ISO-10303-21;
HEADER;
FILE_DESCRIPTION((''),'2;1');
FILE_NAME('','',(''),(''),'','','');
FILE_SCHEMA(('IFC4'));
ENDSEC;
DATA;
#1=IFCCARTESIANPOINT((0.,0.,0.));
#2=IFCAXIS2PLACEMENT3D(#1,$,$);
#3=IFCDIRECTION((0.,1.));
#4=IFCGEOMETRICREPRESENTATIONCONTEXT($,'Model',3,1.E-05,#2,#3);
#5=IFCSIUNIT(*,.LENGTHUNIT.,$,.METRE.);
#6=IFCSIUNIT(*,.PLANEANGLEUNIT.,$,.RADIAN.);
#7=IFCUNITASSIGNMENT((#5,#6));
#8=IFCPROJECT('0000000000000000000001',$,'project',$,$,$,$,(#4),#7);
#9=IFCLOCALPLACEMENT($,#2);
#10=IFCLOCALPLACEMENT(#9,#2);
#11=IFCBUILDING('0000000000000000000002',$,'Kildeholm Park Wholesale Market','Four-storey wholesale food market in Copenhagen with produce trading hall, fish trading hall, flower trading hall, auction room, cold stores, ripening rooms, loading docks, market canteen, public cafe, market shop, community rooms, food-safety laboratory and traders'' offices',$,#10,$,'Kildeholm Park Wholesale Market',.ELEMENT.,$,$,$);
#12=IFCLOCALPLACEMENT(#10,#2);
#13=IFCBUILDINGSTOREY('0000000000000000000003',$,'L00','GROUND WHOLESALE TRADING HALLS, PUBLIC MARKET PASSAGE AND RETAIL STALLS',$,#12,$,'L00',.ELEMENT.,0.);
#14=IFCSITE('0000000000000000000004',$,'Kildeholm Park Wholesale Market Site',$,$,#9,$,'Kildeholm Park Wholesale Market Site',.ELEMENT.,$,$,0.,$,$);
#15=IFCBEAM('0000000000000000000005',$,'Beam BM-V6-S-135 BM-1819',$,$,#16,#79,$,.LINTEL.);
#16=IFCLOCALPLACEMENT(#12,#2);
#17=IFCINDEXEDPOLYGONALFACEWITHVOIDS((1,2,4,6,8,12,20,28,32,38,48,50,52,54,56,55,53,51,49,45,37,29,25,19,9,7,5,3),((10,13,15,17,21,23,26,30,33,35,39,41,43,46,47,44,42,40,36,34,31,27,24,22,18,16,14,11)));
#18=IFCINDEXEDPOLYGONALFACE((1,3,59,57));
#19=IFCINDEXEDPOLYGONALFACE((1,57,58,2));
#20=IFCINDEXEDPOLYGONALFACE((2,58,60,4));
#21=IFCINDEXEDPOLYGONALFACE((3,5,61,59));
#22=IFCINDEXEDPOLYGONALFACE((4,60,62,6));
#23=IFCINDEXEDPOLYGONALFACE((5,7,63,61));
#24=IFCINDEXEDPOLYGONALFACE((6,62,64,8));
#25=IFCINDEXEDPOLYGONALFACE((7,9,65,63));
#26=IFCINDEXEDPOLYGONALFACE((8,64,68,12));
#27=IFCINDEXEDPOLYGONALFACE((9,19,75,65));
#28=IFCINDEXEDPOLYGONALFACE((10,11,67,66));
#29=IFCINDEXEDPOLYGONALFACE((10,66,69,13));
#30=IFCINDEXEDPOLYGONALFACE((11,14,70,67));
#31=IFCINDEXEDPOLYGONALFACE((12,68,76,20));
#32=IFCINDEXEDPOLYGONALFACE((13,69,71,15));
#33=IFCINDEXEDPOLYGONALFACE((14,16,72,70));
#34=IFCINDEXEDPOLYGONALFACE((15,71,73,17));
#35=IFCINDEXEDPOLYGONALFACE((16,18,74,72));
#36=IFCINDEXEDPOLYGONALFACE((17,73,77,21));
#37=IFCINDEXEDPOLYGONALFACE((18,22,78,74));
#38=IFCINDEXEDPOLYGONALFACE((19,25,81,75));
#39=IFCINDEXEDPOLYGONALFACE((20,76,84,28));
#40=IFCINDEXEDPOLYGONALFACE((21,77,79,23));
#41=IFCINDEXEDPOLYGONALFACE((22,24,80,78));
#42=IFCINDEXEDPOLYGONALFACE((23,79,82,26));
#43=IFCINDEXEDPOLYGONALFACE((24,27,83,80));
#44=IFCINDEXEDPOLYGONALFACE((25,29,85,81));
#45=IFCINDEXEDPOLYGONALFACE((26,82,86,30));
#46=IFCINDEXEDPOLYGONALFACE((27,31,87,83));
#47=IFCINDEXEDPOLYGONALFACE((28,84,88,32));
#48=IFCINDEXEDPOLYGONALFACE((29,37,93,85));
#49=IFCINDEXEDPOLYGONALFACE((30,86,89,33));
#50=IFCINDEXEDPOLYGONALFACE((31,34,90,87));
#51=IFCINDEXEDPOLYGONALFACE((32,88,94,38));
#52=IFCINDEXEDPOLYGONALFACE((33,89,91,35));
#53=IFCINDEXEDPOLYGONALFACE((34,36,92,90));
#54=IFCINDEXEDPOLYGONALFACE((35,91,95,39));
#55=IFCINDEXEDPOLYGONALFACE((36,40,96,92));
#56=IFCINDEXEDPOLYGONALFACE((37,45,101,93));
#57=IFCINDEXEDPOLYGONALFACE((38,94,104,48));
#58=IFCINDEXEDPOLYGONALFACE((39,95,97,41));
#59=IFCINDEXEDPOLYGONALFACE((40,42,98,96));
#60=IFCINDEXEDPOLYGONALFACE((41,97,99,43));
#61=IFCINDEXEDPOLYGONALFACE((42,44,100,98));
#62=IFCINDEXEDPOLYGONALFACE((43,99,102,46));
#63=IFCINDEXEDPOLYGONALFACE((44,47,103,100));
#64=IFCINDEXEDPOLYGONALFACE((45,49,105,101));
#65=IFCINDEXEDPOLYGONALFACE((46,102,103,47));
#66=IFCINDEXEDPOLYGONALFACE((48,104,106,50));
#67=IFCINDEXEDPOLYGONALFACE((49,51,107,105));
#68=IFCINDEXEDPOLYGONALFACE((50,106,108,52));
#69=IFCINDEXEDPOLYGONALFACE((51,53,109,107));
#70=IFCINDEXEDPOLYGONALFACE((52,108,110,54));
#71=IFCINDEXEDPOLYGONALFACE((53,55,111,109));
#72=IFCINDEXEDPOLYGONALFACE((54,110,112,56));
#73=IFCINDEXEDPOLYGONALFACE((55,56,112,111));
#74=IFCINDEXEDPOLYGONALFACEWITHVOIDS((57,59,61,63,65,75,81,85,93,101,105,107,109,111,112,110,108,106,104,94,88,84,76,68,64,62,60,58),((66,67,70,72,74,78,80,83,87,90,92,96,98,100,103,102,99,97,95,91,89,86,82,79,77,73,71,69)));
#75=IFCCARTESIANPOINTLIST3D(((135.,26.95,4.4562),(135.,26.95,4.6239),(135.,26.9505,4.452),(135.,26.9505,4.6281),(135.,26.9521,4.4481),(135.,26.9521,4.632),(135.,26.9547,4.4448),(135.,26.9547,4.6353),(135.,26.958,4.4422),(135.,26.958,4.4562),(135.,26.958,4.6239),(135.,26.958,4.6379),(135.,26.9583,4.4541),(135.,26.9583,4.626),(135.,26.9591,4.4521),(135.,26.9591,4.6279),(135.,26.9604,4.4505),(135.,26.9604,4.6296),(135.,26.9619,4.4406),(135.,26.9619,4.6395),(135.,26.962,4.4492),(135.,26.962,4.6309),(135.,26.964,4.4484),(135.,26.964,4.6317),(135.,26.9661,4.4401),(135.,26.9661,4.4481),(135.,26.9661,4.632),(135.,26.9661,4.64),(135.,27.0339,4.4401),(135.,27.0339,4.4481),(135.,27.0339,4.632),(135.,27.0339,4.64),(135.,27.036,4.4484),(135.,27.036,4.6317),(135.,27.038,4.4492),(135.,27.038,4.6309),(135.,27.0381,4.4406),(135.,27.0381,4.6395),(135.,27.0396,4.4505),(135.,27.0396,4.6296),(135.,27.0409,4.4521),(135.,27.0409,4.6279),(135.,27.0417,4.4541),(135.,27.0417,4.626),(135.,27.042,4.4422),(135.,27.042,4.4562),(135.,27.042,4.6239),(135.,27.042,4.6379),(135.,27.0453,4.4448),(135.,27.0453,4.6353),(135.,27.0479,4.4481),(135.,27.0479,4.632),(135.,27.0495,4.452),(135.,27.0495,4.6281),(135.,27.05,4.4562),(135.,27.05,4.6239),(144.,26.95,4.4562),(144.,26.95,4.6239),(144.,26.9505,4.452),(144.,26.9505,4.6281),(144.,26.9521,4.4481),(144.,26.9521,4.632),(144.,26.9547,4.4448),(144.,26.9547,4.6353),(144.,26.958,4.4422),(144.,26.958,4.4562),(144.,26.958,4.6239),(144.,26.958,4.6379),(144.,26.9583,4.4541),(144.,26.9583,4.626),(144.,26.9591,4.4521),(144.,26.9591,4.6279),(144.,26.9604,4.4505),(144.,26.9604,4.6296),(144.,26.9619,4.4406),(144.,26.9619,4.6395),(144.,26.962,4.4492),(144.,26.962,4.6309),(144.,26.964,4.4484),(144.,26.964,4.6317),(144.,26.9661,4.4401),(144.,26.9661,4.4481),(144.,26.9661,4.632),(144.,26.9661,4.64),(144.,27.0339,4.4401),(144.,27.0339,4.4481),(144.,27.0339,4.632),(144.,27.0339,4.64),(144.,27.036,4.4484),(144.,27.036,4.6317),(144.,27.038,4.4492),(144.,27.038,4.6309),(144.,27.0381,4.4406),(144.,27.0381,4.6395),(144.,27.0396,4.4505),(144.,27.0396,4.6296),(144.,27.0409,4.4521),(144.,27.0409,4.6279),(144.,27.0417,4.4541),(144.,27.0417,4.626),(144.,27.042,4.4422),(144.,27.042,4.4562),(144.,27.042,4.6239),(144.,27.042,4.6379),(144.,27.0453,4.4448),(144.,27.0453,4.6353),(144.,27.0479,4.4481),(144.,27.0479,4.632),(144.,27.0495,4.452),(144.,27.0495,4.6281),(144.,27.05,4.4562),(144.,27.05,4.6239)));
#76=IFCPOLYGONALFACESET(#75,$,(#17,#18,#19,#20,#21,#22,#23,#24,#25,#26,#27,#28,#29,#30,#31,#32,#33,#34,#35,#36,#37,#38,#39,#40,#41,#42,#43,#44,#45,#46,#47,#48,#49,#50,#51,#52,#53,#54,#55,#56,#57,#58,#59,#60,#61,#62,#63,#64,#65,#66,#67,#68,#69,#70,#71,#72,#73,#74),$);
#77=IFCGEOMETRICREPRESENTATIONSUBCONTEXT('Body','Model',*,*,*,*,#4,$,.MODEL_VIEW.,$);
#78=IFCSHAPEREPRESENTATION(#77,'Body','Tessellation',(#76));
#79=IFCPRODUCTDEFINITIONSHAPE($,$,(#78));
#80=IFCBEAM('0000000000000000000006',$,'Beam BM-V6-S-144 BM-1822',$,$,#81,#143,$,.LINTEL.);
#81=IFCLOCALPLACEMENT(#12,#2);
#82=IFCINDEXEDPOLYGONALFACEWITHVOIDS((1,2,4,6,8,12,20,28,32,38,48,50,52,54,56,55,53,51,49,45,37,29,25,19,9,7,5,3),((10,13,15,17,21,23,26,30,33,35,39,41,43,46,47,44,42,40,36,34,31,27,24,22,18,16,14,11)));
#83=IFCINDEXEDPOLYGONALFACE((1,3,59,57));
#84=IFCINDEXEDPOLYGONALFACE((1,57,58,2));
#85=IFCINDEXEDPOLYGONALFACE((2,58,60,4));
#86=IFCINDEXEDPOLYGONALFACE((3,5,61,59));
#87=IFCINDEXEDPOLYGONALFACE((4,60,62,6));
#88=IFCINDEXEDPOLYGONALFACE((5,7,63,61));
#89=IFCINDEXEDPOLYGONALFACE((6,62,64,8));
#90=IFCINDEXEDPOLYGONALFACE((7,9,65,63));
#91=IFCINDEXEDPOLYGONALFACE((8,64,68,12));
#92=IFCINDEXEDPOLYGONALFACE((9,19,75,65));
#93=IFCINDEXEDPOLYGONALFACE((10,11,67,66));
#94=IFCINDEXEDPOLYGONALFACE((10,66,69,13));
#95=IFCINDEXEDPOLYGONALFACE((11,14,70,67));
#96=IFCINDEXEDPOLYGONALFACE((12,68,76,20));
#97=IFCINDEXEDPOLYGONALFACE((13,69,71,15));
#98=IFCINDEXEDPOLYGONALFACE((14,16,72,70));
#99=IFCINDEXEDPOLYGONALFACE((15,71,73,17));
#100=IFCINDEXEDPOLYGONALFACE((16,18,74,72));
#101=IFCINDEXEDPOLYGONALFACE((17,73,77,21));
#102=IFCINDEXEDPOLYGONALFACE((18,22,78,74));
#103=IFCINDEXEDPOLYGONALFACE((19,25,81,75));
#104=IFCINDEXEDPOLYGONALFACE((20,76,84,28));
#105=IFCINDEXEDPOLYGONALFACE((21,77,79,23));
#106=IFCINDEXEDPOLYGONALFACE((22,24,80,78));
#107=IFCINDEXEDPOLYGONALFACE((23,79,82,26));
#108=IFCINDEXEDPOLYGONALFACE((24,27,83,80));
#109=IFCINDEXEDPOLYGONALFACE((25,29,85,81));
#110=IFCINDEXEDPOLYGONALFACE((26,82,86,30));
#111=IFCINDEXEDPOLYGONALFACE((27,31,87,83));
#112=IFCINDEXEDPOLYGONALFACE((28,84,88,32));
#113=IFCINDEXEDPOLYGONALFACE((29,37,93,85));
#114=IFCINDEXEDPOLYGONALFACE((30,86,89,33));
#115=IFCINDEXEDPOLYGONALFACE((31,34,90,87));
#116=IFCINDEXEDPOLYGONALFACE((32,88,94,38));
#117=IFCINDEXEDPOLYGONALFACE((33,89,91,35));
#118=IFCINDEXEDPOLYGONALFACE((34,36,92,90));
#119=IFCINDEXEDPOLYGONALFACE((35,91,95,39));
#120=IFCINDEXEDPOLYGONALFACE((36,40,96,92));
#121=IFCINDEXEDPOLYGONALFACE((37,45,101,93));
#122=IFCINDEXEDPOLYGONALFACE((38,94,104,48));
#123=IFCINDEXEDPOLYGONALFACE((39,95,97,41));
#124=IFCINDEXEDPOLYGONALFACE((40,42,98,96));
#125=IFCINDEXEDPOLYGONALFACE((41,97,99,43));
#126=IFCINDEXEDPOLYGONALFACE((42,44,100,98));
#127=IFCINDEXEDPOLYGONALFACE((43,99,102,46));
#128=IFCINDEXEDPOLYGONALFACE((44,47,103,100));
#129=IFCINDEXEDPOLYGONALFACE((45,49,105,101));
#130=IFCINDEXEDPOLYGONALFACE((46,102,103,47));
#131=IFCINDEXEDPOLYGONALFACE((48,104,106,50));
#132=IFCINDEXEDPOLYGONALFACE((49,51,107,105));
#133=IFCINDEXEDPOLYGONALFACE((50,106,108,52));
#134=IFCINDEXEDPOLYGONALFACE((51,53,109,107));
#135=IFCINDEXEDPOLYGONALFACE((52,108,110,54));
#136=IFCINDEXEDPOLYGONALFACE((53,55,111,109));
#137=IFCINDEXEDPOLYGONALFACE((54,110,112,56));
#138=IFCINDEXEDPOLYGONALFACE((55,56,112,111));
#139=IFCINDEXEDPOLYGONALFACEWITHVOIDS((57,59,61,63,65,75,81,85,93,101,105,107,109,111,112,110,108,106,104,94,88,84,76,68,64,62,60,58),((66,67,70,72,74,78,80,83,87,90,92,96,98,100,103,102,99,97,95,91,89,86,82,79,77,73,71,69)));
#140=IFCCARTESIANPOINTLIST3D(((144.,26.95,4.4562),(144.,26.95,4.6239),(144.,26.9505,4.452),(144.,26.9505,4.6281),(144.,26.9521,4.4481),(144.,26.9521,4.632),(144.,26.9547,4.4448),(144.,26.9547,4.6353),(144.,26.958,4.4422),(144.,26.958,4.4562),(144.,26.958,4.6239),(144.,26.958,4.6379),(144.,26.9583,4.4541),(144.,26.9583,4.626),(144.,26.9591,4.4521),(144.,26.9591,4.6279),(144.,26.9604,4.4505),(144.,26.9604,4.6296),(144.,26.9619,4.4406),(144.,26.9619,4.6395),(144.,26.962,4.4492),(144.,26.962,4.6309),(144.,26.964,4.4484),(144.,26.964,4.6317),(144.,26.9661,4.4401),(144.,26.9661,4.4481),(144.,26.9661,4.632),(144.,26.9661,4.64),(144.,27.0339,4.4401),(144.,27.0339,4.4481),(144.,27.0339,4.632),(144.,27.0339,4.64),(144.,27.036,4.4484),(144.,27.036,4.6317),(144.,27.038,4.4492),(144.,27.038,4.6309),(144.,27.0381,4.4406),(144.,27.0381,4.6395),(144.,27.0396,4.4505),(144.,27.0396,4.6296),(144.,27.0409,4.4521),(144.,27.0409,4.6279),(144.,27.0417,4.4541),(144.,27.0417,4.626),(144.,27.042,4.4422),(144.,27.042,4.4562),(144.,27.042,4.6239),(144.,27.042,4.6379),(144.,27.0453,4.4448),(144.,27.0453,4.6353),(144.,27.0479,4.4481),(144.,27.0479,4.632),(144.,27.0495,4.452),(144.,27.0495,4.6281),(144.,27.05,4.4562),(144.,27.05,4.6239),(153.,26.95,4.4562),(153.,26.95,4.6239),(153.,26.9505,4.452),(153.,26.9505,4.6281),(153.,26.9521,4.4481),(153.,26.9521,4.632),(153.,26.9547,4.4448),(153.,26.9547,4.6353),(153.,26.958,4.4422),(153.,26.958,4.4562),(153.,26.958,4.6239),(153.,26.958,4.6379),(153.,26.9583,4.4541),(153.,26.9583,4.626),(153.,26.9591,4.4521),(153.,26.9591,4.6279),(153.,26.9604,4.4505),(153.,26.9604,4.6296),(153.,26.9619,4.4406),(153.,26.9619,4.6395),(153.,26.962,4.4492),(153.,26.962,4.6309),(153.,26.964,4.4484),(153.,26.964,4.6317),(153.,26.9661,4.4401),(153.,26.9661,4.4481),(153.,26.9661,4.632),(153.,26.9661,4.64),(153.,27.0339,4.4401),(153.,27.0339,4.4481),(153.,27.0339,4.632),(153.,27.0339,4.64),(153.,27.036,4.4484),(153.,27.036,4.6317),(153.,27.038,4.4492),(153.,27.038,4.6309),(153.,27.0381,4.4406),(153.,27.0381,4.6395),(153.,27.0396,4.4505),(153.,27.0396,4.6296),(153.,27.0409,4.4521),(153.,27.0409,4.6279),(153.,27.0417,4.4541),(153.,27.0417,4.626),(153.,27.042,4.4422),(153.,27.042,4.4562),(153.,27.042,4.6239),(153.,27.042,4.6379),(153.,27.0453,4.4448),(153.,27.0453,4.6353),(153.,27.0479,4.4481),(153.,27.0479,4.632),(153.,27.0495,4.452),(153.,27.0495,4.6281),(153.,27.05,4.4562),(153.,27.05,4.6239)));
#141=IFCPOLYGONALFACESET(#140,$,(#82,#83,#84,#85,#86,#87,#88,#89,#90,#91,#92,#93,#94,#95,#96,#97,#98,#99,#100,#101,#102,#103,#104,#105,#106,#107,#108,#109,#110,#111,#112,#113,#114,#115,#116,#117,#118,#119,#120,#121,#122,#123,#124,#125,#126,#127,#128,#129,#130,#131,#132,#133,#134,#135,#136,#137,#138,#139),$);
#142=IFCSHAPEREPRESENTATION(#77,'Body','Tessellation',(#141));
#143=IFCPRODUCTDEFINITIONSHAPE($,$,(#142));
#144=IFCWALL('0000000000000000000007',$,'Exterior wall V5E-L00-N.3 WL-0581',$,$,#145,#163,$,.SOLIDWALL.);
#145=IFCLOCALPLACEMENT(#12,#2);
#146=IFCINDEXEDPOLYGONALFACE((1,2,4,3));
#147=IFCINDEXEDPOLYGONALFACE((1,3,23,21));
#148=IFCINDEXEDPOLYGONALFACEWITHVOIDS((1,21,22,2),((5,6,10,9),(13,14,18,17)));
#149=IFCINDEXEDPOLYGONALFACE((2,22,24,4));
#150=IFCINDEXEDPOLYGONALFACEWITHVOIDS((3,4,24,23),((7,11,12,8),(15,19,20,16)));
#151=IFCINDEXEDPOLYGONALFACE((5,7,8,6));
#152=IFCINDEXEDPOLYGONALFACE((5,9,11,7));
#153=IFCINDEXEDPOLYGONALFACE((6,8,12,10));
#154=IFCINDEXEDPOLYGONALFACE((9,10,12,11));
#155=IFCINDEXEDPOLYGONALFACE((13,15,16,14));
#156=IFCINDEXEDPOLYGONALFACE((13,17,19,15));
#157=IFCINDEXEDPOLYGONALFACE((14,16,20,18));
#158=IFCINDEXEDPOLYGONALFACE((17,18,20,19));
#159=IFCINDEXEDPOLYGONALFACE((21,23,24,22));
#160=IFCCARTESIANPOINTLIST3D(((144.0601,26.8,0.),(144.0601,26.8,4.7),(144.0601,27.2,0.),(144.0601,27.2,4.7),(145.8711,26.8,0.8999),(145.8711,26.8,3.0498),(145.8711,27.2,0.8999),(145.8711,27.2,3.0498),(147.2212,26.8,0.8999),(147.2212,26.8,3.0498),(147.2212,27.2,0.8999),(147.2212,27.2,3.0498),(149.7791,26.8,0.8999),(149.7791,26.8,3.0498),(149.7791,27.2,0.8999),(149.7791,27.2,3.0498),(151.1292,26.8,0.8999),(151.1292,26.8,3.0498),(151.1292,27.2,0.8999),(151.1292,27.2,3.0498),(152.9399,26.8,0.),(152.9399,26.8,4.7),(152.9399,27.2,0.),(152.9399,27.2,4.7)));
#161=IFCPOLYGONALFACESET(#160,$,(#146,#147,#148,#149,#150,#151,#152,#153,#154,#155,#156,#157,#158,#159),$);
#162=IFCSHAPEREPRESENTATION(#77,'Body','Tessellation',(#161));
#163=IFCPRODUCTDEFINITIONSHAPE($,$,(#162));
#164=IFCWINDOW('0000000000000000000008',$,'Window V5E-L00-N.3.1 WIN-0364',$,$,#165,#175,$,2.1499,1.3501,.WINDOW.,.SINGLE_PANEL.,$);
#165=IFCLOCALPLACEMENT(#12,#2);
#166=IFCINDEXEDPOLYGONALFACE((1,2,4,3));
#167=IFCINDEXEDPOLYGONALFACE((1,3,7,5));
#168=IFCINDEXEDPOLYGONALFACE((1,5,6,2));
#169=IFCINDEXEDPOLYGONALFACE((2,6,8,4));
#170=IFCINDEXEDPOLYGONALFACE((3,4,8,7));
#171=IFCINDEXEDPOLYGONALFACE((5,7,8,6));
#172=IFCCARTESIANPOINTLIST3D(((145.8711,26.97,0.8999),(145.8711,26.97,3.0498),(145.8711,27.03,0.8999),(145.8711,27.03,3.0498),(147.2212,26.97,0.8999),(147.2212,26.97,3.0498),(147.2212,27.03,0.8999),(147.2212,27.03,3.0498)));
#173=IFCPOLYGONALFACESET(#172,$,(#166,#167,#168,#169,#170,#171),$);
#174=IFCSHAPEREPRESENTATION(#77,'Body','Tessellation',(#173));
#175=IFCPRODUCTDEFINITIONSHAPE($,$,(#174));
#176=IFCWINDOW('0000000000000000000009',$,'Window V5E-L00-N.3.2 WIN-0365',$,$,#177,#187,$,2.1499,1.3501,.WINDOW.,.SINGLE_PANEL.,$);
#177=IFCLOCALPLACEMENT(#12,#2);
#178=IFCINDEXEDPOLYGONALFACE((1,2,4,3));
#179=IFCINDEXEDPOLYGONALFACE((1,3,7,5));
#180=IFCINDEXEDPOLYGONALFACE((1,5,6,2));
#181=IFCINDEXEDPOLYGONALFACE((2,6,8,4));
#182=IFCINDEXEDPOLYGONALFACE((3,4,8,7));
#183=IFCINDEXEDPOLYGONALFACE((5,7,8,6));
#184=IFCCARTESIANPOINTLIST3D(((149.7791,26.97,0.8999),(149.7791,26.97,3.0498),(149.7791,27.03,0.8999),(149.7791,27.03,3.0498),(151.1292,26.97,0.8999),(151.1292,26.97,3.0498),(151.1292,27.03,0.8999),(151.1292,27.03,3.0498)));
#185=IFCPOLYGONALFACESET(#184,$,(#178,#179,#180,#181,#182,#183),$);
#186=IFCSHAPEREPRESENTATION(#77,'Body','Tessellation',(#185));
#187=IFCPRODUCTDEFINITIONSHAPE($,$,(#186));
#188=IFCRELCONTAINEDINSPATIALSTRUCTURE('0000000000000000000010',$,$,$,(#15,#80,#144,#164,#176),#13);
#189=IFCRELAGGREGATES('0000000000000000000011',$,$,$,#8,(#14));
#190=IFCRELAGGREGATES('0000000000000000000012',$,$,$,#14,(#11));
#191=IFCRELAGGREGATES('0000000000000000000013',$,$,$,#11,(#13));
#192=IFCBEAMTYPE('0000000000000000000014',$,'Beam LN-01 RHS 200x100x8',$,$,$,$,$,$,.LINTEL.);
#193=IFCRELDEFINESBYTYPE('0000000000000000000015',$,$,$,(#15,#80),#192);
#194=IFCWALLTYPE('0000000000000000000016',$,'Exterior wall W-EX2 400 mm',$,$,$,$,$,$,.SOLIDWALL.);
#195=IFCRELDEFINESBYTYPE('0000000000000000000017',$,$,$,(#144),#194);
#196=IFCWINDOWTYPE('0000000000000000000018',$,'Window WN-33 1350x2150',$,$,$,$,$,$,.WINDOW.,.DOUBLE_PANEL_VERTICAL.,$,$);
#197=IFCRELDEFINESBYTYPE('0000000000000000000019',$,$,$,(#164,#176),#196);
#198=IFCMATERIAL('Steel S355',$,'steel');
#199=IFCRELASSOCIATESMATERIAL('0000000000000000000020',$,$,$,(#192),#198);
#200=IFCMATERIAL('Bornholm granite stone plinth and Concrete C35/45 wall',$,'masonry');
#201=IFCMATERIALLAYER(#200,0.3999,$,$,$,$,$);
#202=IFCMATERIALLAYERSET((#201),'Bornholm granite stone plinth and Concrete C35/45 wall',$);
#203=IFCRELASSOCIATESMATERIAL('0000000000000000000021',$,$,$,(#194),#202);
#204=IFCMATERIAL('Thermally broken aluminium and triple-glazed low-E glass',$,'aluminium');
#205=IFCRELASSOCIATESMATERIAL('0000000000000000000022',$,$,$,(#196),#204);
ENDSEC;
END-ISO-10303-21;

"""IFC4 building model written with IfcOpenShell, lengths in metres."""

from ifc_helpers import new_model, si_unit, direction, frame, frame_2d, origin, origin_2d, place, context, subcontext, project, spatial, rectangle, hollow_rectangle, extrude, material, layer, layer_set, material_profile, profile_set, type_object, element, fill, save


model = new_model("IFC4")

# Units and contexts
model_context = context("Model", 3, precision=1e-05, world=origin(), true_north=direction((0.0, 1.0)))
body_context = subcontext(model_context, "Body", "Model", "MODEL_VIEW")
ifc_project = project(units=[si_unit("LENGTHUNIT", "METRE"), si_unit("PLANEANGLEUNIT", "RADIAN")], contexts=[model_context])

# Site, building, storey
site_placement = place(None, origin())
site = spatial("IfcSite", under=ifc_project, at=site_placement, Name="Kildeholm Park Wholesale Market Site", LongName="Kildeholm Park Wholesale Market Site", CompositionType="ELEMENT", RefElevation=0.0)
building_placement = place(site_placement, origin())
building = spatial("IfcBuilding", under=site, at=building_placement, Name="Kildeholm Park Wholesale Market", Description="Four-storey wholesale food market in Copenhagen with produce trading hall, fish trading hall, flower trading hall, auction room, cold stores, ripening rooms, loading docks, market canteen, public cafe, market shop, community rooms, food-safety laboratory and traders' offices", LongName="Kildeholm Park Wholesale Market", CompositionType="ELEMENT")
storey_placement = place(building_placement, origin())
storey = spatial("IfcBuildingStorey", under=building, at=storey_placement, Name="L00", Description="GROUND WHOLESALE TRADING HALLS, PUBLIC MARKET PASSAGE AND RETAIL STALLS", LongName="L00", CompositionType="ELEMENT", Elevation=0.0)

# Shared definitions
ifc_material_1 = material(Name="Steel S355", Category="steel")

# Beams
ifc_material_profile_1 = material_profile(ifc_material_1, hollow_rectangle(XDim=0.1001, YDim=0.2, WallThickness=0.0081, InnerFilletRadius=0.0081, OuterFilletRadius=0.0161, at=origin_2d()), Name="RHS 200x100x8")
ifc_profile_set_1 = profile_set([ifc_material_profile_1], Name="Steel S355")
beam_type_1 = type_object("IfcBeamType", Name="Beam LN-01 RHS 200x100x8", PredefinedType="LINTEL", material=ifc_profile_set_1)
for number, where, z_axis, x_axis, name in (
    (1, (135.0, 27.0, 4.54), (1.0, 0.0, 0.0), (0.0, 1.0, 0.0), "Beam BM-V6-S-135 BM-1819"),
    (2, (144.0, 27.0, 4.54), (1.0, 0.0, 0.0), (0.0, 1.0, 0.0), "Beam BM-V6-S-144 BM-1822"),
):
    element("IfcBeam", number, at=place(storey_placement, frame(where, z_axis=z_axis, x_axis=x_axis)), inside=storey, type_object=beam_type_1, Name=name, PredefinedType="LINTEL", context=body_context, shape_type="SweptSolid", body=[
        extrude(hollow_rectangle(XDim=0.1001, YDim=0.2, WallThickness=0.0081, InnerFilletRadius=0.0081, OuterFilletRadius=0.0161, at=origin_2d()), origin(), (0.0, 0.0, 1.0), 9.0),
    ])

# Shared definitions
ifc_material_2 = material(Name="Bornholm granite stone plinth and Concrete C35/45 wall", Category="masonry")
ifc_layer = layer(ifc_material_2, 0.3999)
ifc_layer_set = layer_set([ifc_layer], Name="Bornholm granite stone plinth and Concrete C35/45 wall")
wall_type = type_object("IfcWallType", Name="Exterior wall W-EX2 400 mm", PredefinedType="SOLIDWALL", material=ifc_layer_set)

# Wall, openings, windows
wall_1_placement = place(storey_placement, frame((144.0601, 27.0, 0.0), z_axis=(0.0, 0.0, 1.0), x_axis=(1.0, 0.0, 0.0)))
wall_1 = element("IfcWall", 3, at=wall_1_placement, inside=storey, type_object=wall_type, Name="Exterior wall V5E-L00-N.3 WL-0581", PredefinedType="SOLIDWALL", context=body_context, shape_type="SweptSolid", body=[
    extrude(rectangle(XDim=8.8799, YDim=0.3999, at=frame_2d((4.4399, 0.0))), origin(), (0.0, 0.0, 1.0), 4.7),
])
opening_1_placement = place(wall_1_placement, frame((1.811, 0.0, 0.8999)))
opening_1 = element("IfcOpeningElement", 4, at=opening_1_placement, cuts=wall_1, PredefinedType="OPENING", context=body_context, shape_type="SweptSolid", body=[
    extrude(rectangle(XDim=1.3501, YDim=2.1499, at=frame_2d((0.675, 1.075))), frame((0.0, 0.21, 0.0), z_axis=(0.0, -1.0, 0.0), x_axis=(1.0, 0.0, 0.0)), (0.0, 0.0, 1.0), 0.4199),
])
opening_2_placement = place(wall_1_placement, frame((5.719, 0.0, 0.8999)))
opening_2 = element("IfcOpeningElement", 5, at=opening_2_placement, cuts=wall_1, PredefinedType="OPENING", context=body_context, shape_type="SweptSolid", body=[
    extrude(rectangle(XDim=1.3501, YDim=2.1499, at=frame_2d((0.675, 1.075))), frame((0.0, 0.21, 0.0), z_axis=(0.0, -1.0, 0.0), x_axis=(1.0, 0.0, 0.0)), (0.0, 0.0, 1.0), 0.4199),
])
ifc_material_3 = material(Name="Thermally broken aluminium and triple-glazed low-E glass", Category="aluminium")
window_type = type_object("IfcWindowType", Name="Window WN-33 1350x2150", PartitioningType="DOUBLE_PANEL_VERTICAL", PredefinedType="WINDOW", material=ifc_material_3)
window_1_placement = place(opening_1_placement, origin())
window_1 = element("IfcWindow", 6, at=window_1_placement, inside=storey, type_object=window_type, Name="Window V5E-L00-N.3.1 WIN-0364", OverallHeight=2.1499, OverallWidth=1.3501, PartitioningType="SINGLE_PANEL", PredefinedType="WINDOW", context=body_context, shape_type="SweptSolid", body=[
    extrude(rectangle(XDim=1.3501, YDim=2.1499, at=frame_2d((0.675, 1.075))), frame((0.0, 0.03, 0.0), z_axis=(0.0, -1.0, 0.0), x_axis=(1.0, 0.0, 0.0)), (0.0, 0.0, 1.0), 0.0601),
])
fill(opening_1, window_1)
window_2_placement = place(opening_2_placement, origin())
window_2 = element("IfcWindow", 7, at=window_2_placement, inside=storey, type_object=window_type, Name="Window V5E-L00-N.3.2 WIN-0365", OverallHeight=2.1499, OverallWidth=1.3501, PartitioningType="SINGLE_PANEL", PredefinedType="WINDOW", context=body_context, shape_type="SweptSolid", body=[
    extrude(rectangle(XDim=1.3501, YDim=2.1499, at=frame_2d((0.675, 1.075))), frame((0.0, 0.03, 0.0), z_axis=(0.0, -1.0, 0.0), x_axis=(1.0, 0.0, 0.0)), (0.0, 0.0, 1.0), 0.0601),
])
fill(opening_2, window_2)

save(model, "model.ifc")
